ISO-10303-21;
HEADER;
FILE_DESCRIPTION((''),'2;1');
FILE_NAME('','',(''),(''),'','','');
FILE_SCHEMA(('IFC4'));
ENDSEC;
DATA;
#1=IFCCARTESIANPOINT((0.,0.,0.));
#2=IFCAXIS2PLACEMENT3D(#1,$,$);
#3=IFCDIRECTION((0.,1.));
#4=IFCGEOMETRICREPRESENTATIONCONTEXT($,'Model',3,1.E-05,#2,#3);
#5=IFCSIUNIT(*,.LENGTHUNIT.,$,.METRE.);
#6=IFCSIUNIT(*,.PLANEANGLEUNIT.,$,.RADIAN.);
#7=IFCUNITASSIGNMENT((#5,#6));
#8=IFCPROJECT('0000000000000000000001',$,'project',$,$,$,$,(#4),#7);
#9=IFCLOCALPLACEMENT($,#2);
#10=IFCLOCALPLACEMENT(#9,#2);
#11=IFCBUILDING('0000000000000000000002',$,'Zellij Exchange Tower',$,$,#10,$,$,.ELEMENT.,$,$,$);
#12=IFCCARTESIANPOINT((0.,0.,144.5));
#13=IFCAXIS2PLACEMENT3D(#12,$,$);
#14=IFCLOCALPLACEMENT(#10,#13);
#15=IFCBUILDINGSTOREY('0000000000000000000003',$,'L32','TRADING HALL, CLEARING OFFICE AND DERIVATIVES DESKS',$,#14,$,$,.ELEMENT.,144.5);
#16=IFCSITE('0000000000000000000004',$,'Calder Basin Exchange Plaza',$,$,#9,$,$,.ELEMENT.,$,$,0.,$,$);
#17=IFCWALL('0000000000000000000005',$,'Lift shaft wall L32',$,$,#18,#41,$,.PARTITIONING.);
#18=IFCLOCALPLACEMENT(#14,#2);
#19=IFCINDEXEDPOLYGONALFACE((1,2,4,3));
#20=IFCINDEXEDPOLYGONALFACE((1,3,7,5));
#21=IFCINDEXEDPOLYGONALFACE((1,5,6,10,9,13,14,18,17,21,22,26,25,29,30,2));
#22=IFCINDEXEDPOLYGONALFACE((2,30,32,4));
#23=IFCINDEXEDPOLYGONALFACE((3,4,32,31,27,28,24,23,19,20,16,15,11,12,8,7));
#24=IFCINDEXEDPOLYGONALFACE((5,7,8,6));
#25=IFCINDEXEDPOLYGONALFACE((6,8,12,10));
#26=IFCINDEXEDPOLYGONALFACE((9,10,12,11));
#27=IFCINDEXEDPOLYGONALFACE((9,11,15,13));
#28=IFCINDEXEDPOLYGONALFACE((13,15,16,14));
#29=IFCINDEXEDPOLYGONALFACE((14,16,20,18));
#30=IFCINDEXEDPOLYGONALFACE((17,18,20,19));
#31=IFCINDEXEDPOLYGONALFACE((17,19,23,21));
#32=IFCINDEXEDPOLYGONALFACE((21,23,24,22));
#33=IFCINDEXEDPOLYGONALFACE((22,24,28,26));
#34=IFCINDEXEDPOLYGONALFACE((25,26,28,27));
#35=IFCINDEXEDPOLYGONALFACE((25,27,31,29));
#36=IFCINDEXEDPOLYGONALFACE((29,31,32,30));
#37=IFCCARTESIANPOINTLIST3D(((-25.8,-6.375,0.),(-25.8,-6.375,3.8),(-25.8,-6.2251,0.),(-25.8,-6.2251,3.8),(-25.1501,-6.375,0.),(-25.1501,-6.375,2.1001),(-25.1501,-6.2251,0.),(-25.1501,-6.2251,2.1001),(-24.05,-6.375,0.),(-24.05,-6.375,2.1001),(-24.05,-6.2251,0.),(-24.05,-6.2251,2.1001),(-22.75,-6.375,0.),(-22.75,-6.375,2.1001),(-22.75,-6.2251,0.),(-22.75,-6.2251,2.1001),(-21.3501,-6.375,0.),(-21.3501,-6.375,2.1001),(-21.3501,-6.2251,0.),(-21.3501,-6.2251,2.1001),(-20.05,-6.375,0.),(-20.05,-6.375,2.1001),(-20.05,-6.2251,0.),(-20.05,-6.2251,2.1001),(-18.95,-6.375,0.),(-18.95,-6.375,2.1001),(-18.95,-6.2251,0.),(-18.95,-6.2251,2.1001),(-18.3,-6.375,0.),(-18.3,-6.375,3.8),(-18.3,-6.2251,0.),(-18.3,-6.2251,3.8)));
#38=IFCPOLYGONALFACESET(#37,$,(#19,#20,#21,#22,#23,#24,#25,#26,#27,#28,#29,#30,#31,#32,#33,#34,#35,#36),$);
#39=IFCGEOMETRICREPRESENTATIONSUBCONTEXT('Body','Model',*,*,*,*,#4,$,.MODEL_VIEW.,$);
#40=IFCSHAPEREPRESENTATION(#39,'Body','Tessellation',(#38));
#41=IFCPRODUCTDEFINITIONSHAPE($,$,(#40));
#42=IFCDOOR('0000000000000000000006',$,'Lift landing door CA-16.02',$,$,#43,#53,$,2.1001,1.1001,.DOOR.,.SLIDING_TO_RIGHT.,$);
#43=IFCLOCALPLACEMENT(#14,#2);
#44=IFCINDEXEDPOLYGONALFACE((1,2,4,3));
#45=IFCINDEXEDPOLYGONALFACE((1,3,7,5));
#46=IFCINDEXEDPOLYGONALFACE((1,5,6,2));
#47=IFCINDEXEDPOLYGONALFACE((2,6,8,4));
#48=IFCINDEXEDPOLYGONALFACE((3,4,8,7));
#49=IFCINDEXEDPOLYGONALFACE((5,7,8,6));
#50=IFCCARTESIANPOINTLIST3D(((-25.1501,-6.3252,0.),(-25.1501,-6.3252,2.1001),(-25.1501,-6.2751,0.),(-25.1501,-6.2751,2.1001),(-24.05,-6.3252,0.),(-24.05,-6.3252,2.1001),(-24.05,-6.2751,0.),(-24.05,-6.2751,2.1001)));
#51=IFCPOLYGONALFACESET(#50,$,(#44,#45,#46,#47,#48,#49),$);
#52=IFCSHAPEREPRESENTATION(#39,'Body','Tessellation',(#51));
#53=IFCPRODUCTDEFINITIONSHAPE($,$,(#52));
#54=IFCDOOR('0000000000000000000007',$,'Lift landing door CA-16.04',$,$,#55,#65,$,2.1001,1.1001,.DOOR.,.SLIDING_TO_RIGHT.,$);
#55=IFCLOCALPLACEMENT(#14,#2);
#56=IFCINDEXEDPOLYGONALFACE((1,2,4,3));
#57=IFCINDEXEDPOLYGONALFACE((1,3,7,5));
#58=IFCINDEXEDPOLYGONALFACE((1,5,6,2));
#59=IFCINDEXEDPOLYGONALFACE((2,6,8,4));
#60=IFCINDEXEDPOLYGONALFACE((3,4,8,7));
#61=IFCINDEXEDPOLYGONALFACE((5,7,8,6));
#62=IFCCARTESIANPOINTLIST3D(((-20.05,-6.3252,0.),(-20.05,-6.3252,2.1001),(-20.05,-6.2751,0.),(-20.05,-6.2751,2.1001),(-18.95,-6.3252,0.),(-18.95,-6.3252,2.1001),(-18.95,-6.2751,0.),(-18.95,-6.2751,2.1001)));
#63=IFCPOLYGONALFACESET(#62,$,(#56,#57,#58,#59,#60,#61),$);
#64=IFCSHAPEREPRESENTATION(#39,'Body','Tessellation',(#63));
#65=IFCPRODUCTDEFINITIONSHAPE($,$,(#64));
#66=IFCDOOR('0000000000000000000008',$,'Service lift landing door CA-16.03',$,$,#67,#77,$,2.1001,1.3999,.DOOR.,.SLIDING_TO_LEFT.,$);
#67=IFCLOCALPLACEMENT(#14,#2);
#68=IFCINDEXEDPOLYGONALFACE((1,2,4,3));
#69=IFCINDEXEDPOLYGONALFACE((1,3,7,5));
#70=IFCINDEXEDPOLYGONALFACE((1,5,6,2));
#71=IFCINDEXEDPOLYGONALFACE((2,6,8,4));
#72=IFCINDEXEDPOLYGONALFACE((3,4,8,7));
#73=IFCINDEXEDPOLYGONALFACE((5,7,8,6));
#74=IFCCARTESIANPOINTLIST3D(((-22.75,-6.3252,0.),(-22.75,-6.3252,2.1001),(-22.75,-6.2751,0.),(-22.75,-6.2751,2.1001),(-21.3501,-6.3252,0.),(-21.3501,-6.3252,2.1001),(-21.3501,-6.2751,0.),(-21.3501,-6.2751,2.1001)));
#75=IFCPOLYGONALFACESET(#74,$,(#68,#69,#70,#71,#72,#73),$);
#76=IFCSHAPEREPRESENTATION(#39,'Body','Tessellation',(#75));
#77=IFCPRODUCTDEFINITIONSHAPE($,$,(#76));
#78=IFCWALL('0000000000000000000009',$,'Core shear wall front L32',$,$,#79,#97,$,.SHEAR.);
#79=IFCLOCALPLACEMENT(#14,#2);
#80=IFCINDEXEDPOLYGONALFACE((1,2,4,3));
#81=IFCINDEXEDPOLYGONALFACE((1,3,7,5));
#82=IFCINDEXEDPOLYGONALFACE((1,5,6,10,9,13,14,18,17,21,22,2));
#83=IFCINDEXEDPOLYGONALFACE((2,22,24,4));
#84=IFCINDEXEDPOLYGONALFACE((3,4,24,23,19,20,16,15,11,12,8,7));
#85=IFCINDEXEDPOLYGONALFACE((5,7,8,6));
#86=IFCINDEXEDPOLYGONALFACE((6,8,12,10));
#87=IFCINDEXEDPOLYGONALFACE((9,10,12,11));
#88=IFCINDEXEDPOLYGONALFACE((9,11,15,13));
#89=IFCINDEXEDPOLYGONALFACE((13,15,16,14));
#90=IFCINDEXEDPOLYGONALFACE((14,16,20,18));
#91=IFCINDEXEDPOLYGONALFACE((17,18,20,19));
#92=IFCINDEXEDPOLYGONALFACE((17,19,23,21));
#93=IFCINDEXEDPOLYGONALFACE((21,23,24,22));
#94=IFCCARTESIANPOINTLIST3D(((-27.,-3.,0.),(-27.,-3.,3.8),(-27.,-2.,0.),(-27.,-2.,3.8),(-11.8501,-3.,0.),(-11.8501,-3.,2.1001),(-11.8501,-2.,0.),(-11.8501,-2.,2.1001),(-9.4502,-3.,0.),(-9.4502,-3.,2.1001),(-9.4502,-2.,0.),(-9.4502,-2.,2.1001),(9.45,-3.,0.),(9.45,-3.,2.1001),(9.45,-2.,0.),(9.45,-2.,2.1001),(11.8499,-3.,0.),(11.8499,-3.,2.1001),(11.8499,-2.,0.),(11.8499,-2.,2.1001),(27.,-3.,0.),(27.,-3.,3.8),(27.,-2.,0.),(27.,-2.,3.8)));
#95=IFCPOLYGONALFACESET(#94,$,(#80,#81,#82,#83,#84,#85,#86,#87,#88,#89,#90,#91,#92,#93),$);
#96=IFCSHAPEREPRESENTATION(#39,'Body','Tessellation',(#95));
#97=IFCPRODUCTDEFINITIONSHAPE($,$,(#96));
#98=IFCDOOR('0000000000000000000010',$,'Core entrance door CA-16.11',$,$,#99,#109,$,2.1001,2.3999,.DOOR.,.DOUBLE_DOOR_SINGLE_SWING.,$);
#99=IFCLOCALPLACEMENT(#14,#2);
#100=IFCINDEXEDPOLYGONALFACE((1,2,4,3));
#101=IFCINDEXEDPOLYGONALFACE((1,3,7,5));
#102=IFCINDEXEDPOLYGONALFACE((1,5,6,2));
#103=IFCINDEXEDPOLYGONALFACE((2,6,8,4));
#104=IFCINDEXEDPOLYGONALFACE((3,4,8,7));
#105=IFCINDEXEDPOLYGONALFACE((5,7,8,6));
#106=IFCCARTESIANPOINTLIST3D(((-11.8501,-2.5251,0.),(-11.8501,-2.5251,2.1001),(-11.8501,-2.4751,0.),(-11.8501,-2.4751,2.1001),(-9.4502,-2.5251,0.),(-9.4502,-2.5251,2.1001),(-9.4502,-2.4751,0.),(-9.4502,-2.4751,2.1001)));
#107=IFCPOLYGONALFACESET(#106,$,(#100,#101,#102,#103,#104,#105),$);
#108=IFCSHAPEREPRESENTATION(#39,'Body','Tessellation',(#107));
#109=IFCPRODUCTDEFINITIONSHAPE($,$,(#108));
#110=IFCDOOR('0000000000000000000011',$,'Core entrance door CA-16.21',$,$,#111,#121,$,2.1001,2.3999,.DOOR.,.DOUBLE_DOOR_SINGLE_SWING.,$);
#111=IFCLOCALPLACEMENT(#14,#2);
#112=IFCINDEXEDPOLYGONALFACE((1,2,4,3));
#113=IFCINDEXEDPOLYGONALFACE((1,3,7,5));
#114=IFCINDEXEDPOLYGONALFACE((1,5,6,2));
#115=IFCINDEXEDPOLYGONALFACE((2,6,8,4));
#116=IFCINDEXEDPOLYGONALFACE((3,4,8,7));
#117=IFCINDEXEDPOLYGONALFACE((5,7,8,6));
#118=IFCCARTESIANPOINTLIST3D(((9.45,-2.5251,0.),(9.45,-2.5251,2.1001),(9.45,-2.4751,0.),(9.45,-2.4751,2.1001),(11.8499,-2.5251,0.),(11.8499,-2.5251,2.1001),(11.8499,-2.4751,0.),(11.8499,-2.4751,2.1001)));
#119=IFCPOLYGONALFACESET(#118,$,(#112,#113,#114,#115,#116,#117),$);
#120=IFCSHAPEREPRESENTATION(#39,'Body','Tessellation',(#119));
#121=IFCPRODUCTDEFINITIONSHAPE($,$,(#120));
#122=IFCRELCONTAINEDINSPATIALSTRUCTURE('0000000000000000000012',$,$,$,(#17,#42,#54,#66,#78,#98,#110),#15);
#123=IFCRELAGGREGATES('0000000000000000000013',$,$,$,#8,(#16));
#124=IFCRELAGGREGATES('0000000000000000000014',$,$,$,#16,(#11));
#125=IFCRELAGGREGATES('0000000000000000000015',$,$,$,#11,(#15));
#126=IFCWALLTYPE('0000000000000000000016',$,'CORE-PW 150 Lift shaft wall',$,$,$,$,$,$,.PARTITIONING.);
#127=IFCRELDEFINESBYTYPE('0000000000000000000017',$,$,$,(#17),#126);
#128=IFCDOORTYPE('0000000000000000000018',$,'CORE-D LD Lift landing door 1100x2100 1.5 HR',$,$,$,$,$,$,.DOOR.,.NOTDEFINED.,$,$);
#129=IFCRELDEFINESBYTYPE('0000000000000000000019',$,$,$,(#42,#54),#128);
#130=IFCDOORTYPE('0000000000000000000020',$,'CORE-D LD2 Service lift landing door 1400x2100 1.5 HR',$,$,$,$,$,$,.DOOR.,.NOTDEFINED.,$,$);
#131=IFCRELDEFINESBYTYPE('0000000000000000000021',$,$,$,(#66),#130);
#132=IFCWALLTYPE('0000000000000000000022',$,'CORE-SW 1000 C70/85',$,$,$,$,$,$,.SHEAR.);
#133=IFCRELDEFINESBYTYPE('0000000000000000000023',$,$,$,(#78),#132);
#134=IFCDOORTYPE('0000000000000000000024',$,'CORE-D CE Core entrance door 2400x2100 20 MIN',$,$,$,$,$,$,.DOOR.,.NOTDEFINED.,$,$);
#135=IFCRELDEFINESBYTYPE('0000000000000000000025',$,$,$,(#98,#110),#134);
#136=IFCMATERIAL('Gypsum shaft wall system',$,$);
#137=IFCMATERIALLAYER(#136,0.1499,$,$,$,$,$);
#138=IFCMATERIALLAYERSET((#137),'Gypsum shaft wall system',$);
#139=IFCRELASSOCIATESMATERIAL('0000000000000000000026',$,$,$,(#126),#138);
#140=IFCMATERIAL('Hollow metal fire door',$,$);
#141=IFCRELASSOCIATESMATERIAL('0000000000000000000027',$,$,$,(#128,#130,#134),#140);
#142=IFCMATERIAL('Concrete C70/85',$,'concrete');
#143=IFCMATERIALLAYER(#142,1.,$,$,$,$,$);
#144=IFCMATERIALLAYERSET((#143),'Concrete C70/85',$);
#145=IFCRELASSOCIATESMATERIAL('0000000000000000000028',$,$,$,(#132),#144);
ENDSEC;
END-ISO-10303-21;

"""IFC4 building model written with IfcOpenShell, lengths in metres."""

from ifc_helpers import new_model, si_unit, direction, frame, frame_2d, origin, place, context, subcontext, project, spatial, rectangle, extrude, material, layer, layer_set, type_object, element, fill, save


model = new_model("IFC4")

# Units and contexts
model_context = context("Model", 3, precision=1e-05, world=origin(), true_north=direction((0.0, 1.0)))
body_context = subcontext(model_context, "Body", "Model", "MODEL_VIEW")
ifc_project = project(units=[si_unit("LENGTHUNIT", "METRE"), si_unit("PLANEANGLEUNIT", "RADIAN")], contexts=[model_context])

# Site, building, storey
site_placement = place(None, origin())
site = spatial("IfcSite", under=ifc_project, at=site_placement, Name="Calder Basin Exchange Plaza", CompositionType="ELEMENT", RefElevation=0.0)
building_placement = place(site_placement, origin())
building = spatial("IfcBuilding", under=site, at=building_placement, Name="Zellij Exchange Tower", CompositionType="ELEMENT")
storey_placement = place(building_placement, frame((0.0, 0.0, 144.5)))
storey = spatial("IfcBuildingStorey", under=building, at=storey_placement, Name="L32", Description="TRADING HALL, CLEARING OFFICE AND DERIVATIVES DESKS", CompositionType="ELEMENT", Elevation=144.5)

# Shared definitions
ifc_material_1 = material(Name="Concrete C70/85", Category="concrete")

# Shared definitions
ifc_material_2 = material(Name="Gypsum shaft wall system")
ifc_layer_1 = layer(ifc_material_2, 0.1499)
ifc_layer_set_1 = layer_set([ifc_layer_1], Name="Gypsum shaft wall system")
wall_type_1 = type_object("IfcWallType", Name="CORE-PW 150 Lift shaft wall", PredefinedType="PARTITIONING", material=ifc_layer_set_1)

# Walls, openings, doors
wall_1_placement = place(storey_placement, frame((-25.8, -6.3, 0.0), z_axis=(0.0, 0.0, 1.0), x_axis=(1.0, 0.0, 0.0)))
wall_1 = element("IfcWall", 1, at=wall_1_placement, inside=storey, type_object=wall_type_1, Name="Lift shaft wall L32", PredefinedType="PARTITIONING", context=body_context, shape_type="SweptSolid", body=[
    extrude(rectangle(XDim=7.5, YDim=0.1499, at=frame_2d((3.75, 0.0))), origin(), (0.0, 0.0, 1.0), 3.8),
])
opening_1_placement = place(wall_1_placement, frame((0.6499, 0.0, 0.0)))
opening_1 = element("IfcOpeningElement", 2, at=opening_1_placement, cuts=wall_1, PredefinedType="OPENING", context=body_context, shape_type="SweptSolid", body=[
    extrude(rectangle(XDim=1.1001, YDim=2.1001, at=frame_2d((0.55, 1.05))), frame((0.0, 0.0869, 0.0), z_axis=(0.0, -1.0, 0.0), x_axis=(1.0, 0.0, 0.0)), (0.0, 0.0, 1.0), 0.1738),
])
opening_2_placement = place(wall_1_placement, frame((3.05, 0.0, 0.0)))
opening_2 = element("IfcOpeningElement", 3, at=opening_2_placement, cuts=wall_1, PredefinedType="OPENING", context=body_context, shape_type="SweptSolid", body=[
    extrude(rectangle(XDim=1.3999, YDim=2.1001, at=frame_2d((0.7, 1.05))), frame((0.0, 0.0869, 0.0), z_axis=(0.0, -1.0, 0.0), x_axis=(1.0, 0.0, 0.0)), (0.0, 0.0, 1.0), 0.1738),
])
opening_3_placement = place(wall_1_placement, frame((5.75, 0.0, 0.0)))
opening_3 = element("IfcOpeningElement", 4, at=opening_3_placement, cuts=wall_1, PredefinedType="OPENING", context=body_context, shape_type="SweptSolid", body=[
    extrude(rectangle(XDim=1.1001, YDim=2.1001, at=frame_2d((0.55, 1.05))), frame((0.0, 0.0869, 0.0), z_axis=(0.0, -1.0, 0.0), x_axis=(1.0, 0.0, 0.0)), (0.0, 0.0, 1.0), 0.1738),
])
ifc_material_3 = material(Name="Hollow metal fire door")
door_type_1 = type_object("IfcDoorType", Name="CORE-D LD Lift landing door 1100x2100 1.5 HR", OperationType="NOTDEFINED", PredefinedType="DOOR", material=ifc_material_3)
door_1_placement = place(opening_1_placement, origin())
door_1 = element("IfcDoor", 5, at=door_1_placement, inside=storey, type_object=door_type_1, Name="Lift landing door CA-16.02", OperationType="SLIDING_TO_RIGHT", OverallHeight=2.1001, OverallWidth=1.1001, PredefinedType="DOOR", context=body_context, shape_type="SweptSolid", body=[
    extrude(rectangle(XDim=1.1001, YDim=2.1001, at=frame_2d((0.55, 1.05))), frame((0.0, 0.0249, 0.0), z_axis=(0.0, -1.0, 0.0), x_axis=(1.0, 0.0, 0.0)), (0.0, 0.0, 1.0), 0.05),
])
fill(opening_1, door_1)
door_2_placement = place(opening_3_placement, origin())
door_2 = element("IfcDoor", 6, at=door_2_placement, inside=storey, type_object=door_type_1, Name="Lift landing door CA-16.04", OperationType="SLIDING_TO_RIGHT", OverallHeight=2.1001, OverallWidth=1.1001, PredefinedType="DOOR", context=body_context, shape_type="SweptSolid", body=[
    extrude(rectangle(XDim=1.1001, YDim=2.1001, at=frame_2d((0.55, 1.05))), frame((0.0, 0.0249, 0.0), z_axis=(0.0, -1.0, 0.0), x_axis=(1.0, 0.0, 0.0)), (0.0, 0.0, 1.0), 0.05),
])
fill(opening_3, door_2)
door_type_2 = type_object("IfcDoorType", Name="CORE-D LD2 Service lift landing door 1400x2100 1.5 HR", OperationType="NOTDEFINED", PredefinedType="DOOR", material=ifc_material_3)
door_3_placement = place(opening_2_placement, origin())
door_3 = element("IfcDoor", 7, at=door_3_placement, inside=storey, type_object=door_type_2, Name="Service lift landing door CA-16.03", OperationType="SLIDING_TO_LEFT", OverallHeight=2.1001, OverallWidth=1.3999, PredefinedType="DOOR", context=body_context, shape_type="SweptSolid", body=[
    extrude(rectangle(XDim=1.3999, YDim=2.1001, at=frame_2d((0.7, 1.05))), frame((0.0, 0.0249, 0.0), z_axis=(0.0, -1.0, 0.0), x_axis=(1.0, 0.0, 0.0)), (0.0, 0.0, 1.0), 0.05),
])
fill(opening_2, door_3)
ifc_layer_2 = layer(ifc_material_1, 1.0)
ifc_layer_set_2 = layer_set([ifc_layer_2], Name="Concrete C70/85")
wall_type_2 = type_object("IfcWallType", Name="CORE-SW 1000 C70/85", PredefinedType="SHEAR", material=ifc_layer_set_2)
wall_2_placement = place(storey_placement, frame((-27.0, -2.5, 0.0), z_axis=(0.0, 0.0, 1.0), x_axis=(1.0, 0.0, 0.0)))
wall_2 = element("IfcWall", 8, at=wall_2_placement, inside=storey, type_object=wall_type_2, Name="Core shear wall front L32", PredefinedType="SHEAR", context=body_context, shape_type="SweptSolid", body=[
    extrude(rectangle(XDim=54.0, YDim=1.0, at=frame_2d((27.0, 0.0))), origin(), (0.0, 0.0, 1.0), 3.8),
])
opening_4_placement = place(wall_2_placement, frame((15.1499, 0.0, 0.0)))
opening_4 = element("IfcOpeningElement", 9, at=opening_4_placement, cuts=wall_2, PredefinedType="OPENING", context=body_context, shape_type="SweptSolid", body=[
    extrude(rectangle(XDim=2.3999, YDim=2.1001, at=frame_2d((1.2, 1.05))), frame((0.0, 0.512, 0.0), z_axis=(0.0, -1.0, 0.0), x_axis=(1.0, 0.0, 0.0)), (0.0, 0.0, 1.0), 1.0239),
])
opening_5_placement = place(wall_2_placement, frame((36.45, 0.0, 0.0)))
opening_5 = element("IfcOpeningElement", 10, at=opening_5_placement, cuts=wall_2, PredefinedType="OPENING", context=body_context, shape_type="SweptSolid", body=[
    extrude(rectangle(XDim=2.3999, YDim=2.1001, at=frame_2d((1.2, 1.05))), frame((0.0, 0.512, 0.0), z_axis=(0.0, -1.0, 0.0), x_axis=(1.0, 0.0, 0.0)), (0.0, 0.0, 1.0), 1.0239),
])
door_type_3 = type_object("IfcDoorType", Name="CORE-D CE Core entrance door 2400x2100 20 MIN", OperationType="NOTDEFINED", PredefinedType="DOOR", material=ifc_material_3)
door_4_placement = place(opening_4_placement, origin())
door_4 = element("IfcDoor", 11, at=door_4_placement, inside=storey, type_object=door_type_3, Name="Core entrance door CA-16.11", OperationType="DOUBLE_DOOR_SINGLE_SWING", OverallHeight=2.1001, OverallWidth=2.3999, PredefinedType="DOOR", context=body_context, shape_type="SweptSolid", body=[
    extrude(rectangle(XDim=2.3999, YDim=2.1001, at=frame_2d((1.2, 1.05))), frame((0.0, 0.0249, 0.0), z_axis=(0.0, -1.0, 0.0), x_axis=(1.0, 0.0, 0.0)), (0.0, 0.0, 1.0), 0.05),
])
fill(opening_4, door_4)
door_5_placement = place(opening_5_placement, origin())
door_5 = element("IfcDoor", 12, at=door_5_placement, inside=storey, type_object=door_type_3, Name="Core entrance door CA-16.21", OperationType="DOUBLE_DOOR_SINGLE_SWING", OverallHeight=2.1001, OverallWidth=2.3999, PredefinedType="DOOR", context=body_context, shape_type="SweptSolid", body=[
    extrude(rectangle(XDim=2.3999, YDim=2.1001, at=frame_2d((1.2, 1.05))), frame((0.0, 0.0249, 0.0), z_axis=(0.0, -1.0, 0.0), x_axis=(1.0, 0.0, 0.0)), (0.0, 0.0, 1.0), 0.05),
])
fill(opening_5, door_5)

save(model, "model.ifc")
